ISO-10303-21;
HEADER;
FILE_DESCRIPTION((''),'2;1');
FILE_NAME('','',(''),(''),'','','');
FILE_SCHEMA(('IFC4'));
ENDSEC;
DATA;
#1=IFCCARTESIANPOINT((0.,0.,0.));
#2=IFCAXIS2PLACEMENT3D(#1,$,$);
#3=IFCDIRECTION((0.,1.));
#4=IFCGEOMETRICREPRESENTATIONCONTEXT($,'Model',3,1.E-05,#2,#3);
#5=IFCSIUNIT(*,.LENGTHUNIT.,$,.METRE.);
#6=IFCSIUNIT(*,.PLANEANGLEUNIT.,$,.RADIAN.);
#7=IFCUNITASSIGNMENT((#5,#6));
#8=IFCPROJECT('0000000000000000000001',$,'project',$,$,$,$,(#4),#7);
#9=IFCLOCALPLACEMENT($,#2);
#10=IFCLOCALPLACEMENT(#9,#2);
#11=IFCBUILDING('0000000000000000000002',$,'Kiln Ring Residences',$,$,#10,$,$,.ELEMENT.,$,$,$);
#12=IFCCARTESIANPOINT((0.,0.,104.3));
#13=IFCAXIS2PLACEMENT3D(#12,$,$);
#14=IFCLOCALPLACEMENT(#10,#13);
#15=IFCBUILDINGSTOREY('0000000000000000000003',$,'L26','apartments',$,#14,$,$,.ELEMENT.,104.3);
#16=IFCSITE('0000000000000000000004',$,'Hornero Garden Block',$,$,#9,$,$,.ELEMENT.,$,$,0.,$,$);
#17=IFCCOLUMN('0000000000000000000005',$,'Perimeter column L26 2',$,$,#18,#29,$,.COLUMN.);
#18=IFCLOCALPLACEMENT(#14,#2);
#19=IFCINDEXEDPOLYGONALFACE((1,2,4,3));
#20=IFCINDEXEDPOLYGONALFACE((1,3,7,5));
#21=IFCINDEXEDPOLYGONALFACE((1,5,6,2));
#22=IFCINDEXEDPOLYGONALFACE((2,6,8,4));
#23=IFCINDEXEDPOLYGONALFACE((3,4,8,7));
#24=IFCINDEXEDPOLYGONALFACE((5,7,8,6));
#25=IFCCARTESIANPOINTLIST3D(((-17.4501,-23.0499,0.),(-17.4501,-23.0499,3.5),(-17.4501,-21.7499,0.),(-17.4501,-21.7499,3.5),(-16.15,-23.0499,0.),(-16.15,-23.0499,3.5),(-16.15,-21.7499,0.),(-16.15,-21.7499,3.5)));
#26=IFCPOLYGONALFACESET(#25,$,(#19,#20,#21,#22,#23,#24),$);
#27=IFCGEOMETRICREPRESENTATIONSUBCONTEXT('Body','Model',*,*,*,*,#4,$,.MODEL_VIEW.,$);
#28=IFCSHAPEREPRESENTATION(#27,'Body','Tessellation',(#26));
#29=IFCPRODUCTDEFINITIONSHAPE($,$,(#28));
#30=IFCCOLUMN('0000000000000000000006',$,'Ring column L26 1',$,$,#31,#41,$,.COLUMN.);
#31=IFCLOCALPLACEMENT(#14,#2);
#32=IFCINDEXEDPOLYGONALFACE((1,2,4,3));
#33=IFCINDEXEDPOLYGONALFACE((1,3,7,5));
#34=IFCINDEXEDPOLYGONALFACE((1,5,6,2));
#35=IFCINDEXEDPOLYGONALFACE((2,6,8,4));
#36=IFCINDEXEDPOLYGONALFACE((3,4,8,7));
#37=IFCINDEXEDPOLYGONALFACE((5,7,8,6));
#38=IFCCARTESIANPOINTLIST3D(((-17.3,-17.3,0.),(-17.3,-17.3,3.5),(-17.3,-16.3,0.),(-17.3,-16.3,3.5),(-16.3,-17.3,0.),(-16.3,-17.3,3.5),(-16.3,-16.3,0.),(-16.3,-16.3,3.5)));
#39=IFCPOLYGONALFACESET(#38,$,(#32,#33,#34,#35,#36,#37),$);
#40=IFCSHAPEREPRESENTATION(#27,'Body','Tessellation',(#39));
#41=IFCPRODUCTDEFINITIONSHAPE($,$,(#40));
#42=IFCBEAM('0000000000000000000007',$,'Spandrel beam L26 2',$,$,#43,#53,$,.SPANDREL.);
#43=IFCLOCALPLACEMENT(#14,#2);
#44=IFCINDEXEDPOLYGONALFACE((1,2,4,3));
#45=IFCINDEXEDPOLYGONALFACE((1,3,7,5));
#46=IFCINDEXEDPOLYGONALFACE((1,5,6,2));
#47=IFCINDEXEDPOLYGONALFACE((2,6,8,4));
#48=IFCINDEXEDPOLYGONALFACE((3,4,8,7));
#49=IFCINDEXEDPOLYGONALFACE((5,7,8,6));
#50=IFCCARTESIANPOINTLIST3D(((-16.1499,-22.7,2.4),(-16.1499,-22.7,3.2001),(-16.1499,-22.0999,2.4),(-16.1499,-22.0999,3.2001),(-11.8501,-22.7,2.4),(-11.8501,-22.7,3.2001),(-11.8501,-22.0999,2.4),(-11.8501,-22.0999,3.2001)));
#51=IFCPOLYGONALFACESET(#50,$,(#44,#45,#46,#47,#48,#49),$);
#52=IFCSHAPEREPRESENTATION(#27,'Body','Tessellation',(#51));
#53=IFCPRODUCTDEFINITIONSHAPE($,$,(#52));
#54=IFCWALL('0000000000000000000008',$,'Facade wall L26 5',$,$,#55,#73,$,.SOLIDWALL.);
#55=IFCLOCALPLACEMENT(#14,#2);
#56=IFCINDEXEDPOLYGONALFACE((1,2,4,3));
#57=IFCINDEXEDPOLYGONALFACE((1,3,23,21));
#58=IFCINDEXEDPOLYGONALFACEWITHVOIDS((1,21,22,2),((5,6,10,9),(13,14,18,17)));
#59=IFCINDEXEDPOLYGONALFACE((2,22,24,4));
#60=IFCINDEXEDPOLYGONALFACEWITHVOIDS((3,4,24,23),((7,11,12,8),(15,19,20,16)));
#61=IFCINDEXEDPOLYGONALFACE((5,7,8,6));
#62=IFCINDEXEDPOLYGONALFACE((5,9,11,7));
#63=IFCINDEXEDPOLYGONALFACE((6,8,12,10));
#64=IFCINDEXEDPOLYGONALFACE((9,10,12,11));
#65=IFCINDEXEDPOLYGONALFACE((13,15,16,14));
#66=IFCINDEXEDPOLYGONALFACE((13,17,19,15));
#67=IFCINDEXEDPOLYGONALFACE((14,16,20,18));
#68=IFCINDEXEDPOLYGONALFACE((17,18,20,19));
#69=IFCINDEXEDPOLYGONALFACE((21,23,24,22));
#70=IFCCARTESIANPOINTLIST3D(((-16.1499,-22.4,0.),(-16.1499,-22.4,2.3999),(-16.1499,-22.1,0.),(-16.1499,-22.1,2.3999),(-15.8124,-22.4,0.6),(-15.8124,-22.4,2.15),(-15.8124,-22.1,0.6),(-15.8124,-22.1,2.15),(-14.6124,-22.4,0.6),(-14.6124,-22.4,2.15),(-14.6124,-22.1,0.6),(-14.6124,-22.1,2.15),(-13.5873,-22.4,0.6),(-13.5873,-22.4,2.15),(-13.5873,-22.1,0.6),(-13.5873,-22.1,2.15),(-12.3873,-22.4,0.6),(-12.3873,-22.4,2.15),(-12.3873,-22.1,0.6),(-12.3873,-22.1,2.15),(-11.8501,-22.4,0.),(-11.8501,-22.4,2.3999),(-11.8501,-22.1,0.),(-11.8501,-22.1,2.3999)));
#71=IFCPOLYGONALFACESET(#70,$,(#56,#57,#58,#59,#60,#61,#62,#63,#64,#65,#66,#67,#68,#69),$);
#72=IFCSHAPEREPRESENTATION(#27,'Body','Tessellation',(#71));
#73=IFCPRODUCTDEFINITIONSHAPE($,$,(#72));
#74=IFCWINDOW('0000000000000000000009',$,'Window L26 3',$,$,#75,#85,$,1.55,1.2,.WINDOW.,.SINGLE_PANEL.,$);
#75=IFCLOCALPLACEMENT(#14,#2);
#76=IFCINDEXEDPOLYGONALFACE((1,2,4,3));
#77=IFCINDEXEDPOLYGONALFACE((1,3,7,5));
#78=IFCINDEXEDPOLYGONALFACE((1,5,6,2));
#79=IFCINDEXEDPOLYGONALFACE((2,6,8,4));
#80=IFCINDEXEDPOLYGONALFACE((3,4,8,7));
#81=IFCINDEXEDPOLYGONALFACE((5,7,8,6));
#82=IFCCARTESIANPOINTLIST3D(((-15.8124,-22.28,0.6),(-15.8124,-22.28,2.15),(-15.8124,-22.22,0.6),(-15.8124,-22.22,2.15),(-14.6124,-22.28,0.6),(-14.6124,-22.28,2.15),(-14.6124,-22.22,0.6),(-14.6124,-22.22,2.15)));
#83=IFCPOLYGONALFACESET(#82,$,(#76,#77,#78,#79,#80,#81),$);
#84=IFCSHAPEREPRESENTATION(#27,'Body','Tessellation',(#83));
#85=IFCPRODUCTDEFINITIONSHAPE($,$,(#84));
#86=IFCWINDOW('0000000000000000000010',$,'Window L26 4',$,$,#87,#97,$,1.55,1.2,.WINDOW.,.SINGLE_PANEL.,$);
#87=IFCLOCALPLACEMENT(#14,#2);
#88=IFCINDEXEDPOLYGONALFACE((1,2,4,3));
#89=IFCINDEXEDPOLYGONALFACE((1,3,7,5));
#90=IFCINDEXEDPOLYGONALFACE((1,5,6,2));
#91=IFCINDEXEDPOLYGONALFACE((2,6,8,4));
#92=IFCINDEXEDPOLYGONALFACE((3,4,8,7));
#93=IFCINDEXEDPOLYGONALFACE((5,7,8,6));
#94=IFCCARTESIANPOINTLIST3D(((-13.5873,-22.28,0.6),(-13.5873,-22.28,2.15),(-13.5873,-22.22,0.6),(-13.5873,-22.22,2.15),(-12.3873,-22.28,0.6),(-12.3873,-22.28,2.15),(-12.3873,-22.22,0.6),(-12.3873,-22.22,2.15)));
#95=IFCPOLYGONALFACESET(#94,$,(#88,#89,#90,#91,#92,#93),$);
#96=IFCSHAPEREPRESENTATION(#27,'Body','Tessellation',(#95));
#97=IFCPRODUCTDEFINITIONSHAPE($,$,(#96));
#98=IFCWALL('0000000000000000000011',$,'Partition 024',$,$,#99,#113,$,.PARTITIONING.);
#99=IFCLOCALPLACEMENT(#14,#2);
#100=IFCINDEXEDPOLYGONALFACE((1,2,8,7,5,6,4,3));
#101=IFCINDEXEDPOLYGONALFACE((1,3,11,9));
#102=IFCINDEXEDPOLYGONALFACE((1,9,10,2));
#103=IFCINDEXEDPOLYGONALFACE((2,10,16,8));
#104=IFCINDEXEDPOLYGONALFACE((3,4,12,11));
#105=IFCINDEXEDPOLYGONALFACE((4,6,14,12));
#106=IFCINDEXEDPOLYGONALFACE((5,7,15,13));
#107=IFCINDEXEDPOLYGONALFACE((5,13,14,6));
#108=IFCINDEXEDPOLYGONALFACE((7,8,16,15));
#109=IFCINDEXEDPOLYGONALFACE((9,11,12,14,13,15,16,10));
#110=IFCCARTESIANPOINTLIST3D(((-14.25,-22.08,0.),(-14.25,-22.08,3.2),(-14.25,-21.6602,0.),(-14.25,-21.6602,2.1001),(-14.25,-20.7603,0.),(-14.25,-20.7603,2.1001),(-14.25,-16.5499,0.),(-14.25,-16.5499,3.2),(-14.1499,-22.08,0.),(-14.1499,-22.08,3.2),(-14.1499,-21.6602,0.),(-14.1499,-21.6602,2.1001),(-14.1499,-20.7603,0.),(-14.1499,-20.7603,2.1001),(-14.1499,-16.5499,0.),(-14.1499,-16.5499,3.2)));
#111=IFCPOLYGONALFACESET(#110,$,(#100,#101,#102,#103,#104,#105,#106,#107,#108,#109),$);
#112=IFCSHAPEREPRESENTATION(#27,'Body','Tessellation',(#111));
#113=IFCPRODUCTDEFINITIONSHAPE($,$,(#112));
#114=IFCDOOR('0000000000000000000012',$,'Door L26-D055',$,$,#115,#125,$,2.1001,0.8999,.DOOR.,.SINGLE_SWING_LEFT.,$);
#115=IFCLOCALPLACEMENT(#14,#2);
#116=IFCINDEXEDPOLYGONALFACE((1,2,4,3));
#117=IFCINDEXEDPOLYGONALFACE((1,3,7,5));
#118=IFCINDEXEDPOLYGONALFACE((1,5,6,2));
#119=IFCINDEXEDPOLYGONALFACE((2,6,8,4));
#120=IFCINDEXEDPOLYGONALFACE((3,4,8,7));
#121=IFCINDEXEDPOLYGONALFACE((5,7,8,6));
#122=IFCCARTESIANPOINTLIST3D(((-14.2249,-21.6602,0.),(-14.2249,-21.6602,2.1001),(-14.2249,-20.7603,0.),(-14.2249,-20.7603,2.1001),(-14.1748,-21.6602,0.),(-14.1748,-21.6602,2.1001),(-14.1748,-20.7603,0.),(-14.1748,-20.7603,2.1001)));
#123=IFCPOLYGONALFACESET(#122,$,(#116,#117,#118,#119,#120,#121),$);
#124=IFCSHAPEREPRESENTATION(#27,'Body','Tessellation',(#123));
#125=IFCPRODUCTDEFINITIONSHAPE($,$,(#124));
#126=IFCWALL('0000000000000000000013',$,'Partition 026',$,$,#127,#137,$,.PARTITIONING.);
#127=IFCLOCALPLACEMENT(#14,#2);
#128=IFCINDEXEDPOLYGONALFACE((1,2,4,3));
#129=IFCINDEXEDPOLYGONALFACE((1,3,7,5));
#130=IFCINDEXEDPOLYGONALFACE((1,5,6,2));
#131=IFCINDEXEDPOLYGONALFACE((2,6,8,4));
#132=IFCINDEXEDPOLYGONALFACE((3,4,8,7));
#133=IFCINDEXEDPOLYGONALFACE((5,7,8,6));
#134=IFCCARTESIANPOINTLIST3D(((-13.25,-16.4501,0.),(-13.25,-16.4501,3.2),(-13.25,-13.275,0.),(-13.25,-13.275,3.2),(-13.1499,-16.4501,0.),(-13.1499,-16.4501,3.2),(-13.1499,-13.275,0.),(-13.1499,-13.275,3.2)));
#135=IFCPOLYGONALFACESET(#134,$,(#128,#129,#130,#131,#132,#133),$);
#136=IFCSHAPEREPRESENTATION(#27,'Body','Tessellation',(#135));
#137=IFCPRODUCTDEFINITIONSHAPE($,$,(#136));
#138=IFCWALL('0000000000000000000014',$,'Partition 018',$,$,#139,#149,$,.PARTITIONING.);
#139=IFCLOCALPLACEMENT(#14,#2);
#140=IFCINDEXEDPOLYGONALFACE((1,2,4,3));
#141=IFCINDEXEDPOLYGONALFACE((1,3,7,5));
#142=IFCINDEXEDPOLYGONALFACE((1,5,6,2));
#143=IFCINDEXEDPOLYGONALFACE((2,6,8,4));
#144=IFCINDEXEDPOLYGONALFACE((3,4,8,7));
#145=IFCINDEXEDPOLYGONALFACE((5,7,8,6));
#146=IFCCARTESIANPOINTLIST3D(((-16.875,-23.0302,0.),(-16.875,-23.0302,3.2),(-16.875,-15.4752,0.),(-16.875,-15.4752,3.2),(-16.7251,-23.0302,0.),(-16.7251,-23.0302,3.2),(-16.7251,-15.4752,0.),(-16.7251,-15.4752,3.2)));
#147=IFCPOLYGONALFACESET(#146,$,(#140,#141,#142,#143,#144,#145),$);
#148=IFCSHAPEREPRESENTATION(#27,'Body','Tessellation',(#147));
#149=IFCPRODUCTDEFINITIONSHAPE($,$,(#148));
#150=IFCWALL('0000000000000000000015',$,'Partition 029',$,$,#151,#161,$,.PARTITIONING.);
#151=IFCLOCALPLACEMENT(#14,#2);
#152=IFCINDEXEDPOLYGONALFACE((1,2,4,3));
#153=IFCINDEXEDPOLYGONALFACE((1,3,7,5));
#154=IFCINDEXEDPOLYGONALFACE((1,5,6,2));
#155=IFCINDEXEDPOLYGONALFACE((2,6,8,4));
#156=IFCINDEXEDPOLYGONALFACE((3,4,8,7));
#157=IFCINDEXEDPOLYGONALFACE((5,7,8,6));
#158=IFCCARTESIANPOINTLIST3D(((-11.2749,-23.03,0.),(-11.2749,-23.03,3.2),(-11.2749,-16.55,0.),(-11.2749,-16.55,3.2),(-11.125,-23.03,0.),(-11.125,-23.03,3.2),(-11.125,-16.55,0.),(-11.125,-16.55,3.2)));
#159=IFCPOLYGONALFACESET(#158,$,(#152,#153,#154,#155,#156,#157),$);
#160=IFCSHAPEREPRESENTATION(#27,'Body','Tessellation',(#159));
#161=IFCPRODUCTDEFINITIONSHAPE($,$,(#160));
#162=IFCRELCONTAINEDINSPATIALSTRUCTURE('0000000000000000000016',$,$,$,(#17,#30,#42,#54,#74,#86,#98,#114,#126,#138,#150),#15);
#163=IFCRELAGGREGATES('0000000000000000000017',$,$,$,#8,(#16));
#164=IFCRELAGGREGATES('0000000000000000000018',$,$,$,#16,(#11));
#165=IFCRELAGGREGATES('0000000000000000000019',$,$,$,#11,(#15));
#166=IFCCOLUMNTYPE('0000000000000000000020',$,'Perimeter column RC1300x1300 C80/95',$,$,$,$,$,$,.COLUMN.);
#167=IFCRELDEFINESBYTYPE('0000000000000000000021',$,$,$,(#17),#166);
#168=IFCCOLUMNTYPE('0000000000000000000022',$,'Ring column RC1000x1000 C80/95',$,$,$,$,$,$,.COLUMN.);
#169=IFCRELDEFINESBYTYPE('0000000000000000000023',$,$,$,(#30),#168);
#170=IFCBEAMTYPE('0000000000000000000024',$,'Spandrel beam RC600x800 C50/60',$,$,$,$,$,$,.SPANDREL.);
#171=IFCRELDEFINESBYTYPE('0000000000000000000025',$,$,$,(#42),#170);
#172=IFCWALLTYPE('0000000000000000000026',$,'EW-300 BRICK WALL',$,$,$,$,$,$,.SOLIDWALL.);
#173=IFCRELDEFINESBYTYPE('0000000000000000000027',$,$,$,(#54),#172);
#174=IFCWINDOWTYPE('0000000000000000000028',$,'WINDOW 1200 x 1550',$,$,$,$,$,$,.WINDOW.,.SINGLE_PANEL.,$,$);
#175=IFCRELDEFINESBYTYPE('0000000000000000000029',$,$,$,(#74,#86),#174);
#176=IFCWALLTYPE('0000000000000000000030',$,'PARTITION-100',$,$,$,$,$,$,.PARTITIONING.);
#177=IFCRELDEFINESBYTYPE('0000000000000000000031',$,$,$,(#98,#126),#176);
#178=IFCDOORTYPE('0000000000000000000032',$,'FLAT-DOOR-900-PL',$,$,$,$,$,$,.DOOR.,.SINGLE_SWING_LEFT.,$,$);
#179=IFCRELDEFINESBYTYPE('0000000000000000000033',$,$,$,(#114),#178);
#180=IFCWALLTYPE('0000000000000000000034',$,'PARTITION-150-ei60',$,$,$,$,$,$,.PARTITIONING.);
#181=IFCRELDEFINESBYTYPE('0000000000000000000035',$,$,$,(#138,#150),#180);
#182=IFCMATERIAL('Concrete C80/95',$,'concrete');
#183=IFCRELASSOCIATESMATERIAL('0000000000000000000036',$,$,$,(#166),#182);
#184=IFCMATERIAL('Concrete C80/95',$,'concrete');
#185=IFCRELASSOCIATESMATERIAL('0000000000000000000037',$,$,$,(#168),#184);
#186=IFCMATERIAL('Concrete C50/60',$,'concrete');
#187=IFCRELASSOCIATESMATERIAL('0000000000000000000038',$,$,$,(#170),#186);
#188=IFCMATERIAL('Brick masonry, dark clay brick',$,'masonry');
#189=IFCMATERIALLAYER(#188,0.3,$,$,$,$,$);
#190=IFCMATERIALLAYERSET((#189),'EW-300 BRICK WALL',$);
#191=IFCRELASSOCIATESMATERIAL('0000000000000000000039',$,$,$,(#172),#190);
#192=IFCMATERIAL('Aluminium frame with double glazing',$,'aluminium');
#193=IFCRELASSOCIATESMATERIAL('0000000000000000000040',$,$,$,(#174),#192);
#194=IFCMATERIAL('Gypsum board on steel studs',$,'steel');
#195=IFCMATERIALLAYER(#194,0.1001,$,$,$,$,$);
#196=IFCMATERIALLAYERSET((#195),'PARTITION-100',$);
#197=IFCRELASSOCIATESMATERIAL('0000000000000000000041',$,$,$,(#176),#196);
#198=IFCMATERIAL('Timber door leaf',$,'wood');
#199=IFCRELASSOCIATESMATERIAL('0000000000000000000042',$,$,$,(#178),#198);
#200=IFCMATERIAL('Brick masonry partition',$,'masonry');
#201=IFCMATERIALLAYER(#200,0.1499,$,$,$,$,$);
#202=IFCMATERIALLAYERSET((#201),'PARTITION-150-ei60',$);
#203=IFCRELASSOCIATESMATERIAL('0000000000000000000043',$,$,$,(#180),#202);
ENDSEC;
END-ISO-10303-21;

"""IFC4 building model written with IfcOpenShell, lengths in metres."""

from ifc_helpers import new_model, si_unit, direction, frame, frame_2d, origin, origin_2d, place, context, subcontext, project, spatial, rectangle, extrude, material, layer, layer_set, material_profile, profile_set, type_object, element, fill, save


model = new_model("IFC4")

# Units and contexts
model_context = context("Model", 3, precision=1e-05, world=origin(), true_north=direction((0.0, 1.0)))
body_context = subcontext(model_context, "Body", "Model", "MODEL_VIEW")
ifc_project = project(units=[si_unit("LENGTHUNIT", "METRE"), si_unit("PLANEANGLEUNIT", "RADIAN")], contexts=[model_context])

# Site, building, storey
site_placement = place(None, origin())
site = spatial("IfcSite", under=ifc_project, at=site_placement, Name="Hornero Garden Block", CompositionType="ELEMENT", RefElevation=0.0)
building_placement = place(site_placement, origin())
building = spatial("IfcBuilding", under=site, at=building_placement, Name="Kiln Ring Residences", CompositionType="ELEMENT")
storey_placement = place(building_placement, frame((0.0, 0.0, 104.3)))
storey = spatial("IfcBuildingStorey", under=building, at=storey_placement, Name="L26", Description="apartments", CompositionType="ELEMENT", Elevation=104.3)

# Columns
ifc_material_1 = material(Name="Concrete C80/95", Category="concrete")
ifc_material_profile_1 = material_profile(ifc_material_1, rectangle(XDim=1.3, YDim=1.3, at=origin_2d()), Name="RC1300x1300")
ifc_profile_set_1 = profile_set([ifc_material_profile_1], Name="Concrete C80/95")
column_type_1 = type_object("IfcColumnType", Name="Perimeter column RC1300x1300 C80/95", PredefinedType="COLUMN", material=ifc_profile_set_1)
column_1_placement = place(storey_placement, frame((-16.8, -22.3999, 0.0), z_axis=(0.0, 0.0, 1.0), x_axis=(1.0, 0.0, 0.0)))
element("IfcColumn", 1, at=column_1_placement, inside=storey, type_object=column_type_1, Name="Perimeter column L26 2", PredefinedType="COLUMN", context=body_context, shape_type="SweptSolid", body=[
    extrude(rectangle(XDim=1.3, YDim=1.3, at=origin_2d()), origin(), (0.0, 0.0, 1.0), 3.5),
])
ifc_material_2 = material(Name="Concrete C80/95", Category="concrete")
ifc_material_profile_2 = material_profile(ifc_material_2, rectangle(XDim=1.0, YDim=1.0, at=origin_2d()), Name="RC1000x1000")
ifc_profile_set_2 = profile_set([ifc_material_profile_2], Name="Concrete C80/95")
column_type_2 = type_object("IfcColumnType", Name="Ring column RC1000x1000 C80/95", PredefinedType="COLUMN", material=ifc_profile_set_2)
column_2_placement = place(storey_placement, frame((-16.8, -16.8, 0.0), z_axis=(0.0, 0.0, 1.0), x_axis=(1.0, 0.0, 0.0)))
element("IfcColumn", 2, at=column_2_placement, inside=storey, type_object=column_type_2, Name="Ring column L26 1", PredefinedType="COLUMN", context=body_context, shape_type="SweptSolid", body=[
    extrude(rectangle(XDim=1.0, YDim=1.0, at=origin_2d()), origin(), (0.0, 0.0, 1.0), 3.5),
])

# Beam
ifc_material_3 = material(Name="Concrete C50/60", Category="concrete")
ifc_material_profile_3 = material_profile(ifc_material_3, rectangle(XDim=0.6001, YDim=0.8, at=origin_2d()), Name="RC600x800")
ifc_profile_set_3 = profile_set([ifc_material_profile_3], Name="Concrete C50/60")
beam_type = type_object("IfcBeamType", Name="Spandrel beam RC600x800 C50/60", PredefinedType="SPANDREL", material=ifc_profile_set_3)
beam_placement = place(storey_placement, frame((-16.1499, -22.3999, 2.8), z_axis=(1.0, 0.0, 0.0), x_axis=(0.0, 1.0, 0.0)))
element("IfcBeam", 3, at=beam_placement, inside=storey, type_object=beam_type, Name="Spandrel beam L26 2", PredefinedType="SPANDREL", context=body_context, shape_type="SweptSolid", body=[
    extrude(rectangle(XDim=0.6001, YDim=0.8, at=origin_2d()), origin(), (0.0, 0.0, 1.0), 4.2998),
])

# Wall, openings, windows
ifc_material_4 = material(Name="Brick masonry, dark clay brick", Category="masonry")
ifc_layer_1 = layer(ifc_material_4, 0.3)
ifc_layer_set_1 = layer_set([ifc_layer_1], Name="EW-300 BRICK WALL")
wall_type_1 = type_object("IfcWallType", Name="EW-300 BRICK WALL", PredefinedType="SOLIDWALL", material=ifc_layer_set_1)
wall_1_placement = place(storey_placement, frame((-16.1499, -22.25, 0.0), z_axis=(0.0, 0.0, 1.0), x_axis=(1.0, 0.0, 0.0)))
wall_1 = element("IfcWall", 4, at=wall_1_placement, inside=storey, type_object=wall_type_1, Name="Facade wall L26 5", PredefinedType="SOLIDWALL", context=body_context, shape_type="SweptSolid", body=[
    extrude(rectangle(XDim=4.2998, YDim=0.3, at=frame_2d((2.1499, 0.0))), origin(), (0.0, 0.0, 1.0), 2.3999),
])
opening_1_placement = place(wall_1_placement, frame((0.3374, 0.0, 0.6001)))
opening_1 = element("IfcOpeningElement", 5, at=opening_1_placement, cuts=wall_1, PredefinedType="OPENING", context=body_context, shape_type="SweptSolid", body=[
    extrude(rectangle(XDim=1.2, YDim=1.55, at=frame_2d((0.6001, 0.7749))), frame((0.0, 0.1599, 0.0), z_axis=(0.0, -1.0, 0.0), x_axis=(1.0, 0.0, 0.0)), (0.0, 0.0, 1.0), 0.3201),
])
opening_2_placement = place(wall_1_placement, frame((2.5625, 0.0, 0.6001)))
opening_2 = element("IfcOpeningElement", 6, at=opening_2_placement, cuts=wall_1, PredefinedType="OPENING", context=body_context, shape_type="SweptSolid", body=[
    extrude(rectangle(XDim=1.2, YDim=1.55, at=frame_2d((0.6001, 0.7749))), frame((0.0, 0.1599, 0.0), z_axis=(0.0, -1.0, 0.0), x_axis=(1.0, 0.0, 0.0)), (0.0, 0.0, 1.0), 0.3201),
])
ifc_material_5 = material(Name="Aluminium frame with double glazing", Category="aluminium")
window_type = type_object("IfcWindowType", Name="WINDOW 1200 x 1550", PartitioningType="SINGLE_PANEL", PredefinedType="WINDOW", material=ifc_material_5)
window_1_placement = place(opening_1_placement, origin())
window_1 = element("IfcWindow", 7, at=window_1_placement, inside=storey, type_object=window_type, Name="Window L26 3", OverallHeight=1.55, OverallWidth=1.2, PartitioningType="SINGLE_PANEL", PredefinedType="WINDOW", context=body_context, shape_type="SweptSolid", body=[
    extrude(rectangle(XDim=1.2, YDim=1.55, at=frame_2d((0.6001, 0.7749))), frame((0.0, 0.03, 0.0), z_axis=(0.0, -1.0, 0.0), x_axis=(1.0, 0.0, 0.0)), (0.0, 0.0, 1.0), 0.0601),
])
fill(opening_1, window_1)
window_2_placement = place(opening_2_placement, origin())
window_2 = element("IfcWindow", 8, at=window_2_placement, inside=storey, type_object=window_type, Name="Window L26 4", OverallHeight=1.55, OverallWidth=1.2, PartitioningType="SINGLE_PANEL", PredefinedType="WINDOW", context=body_context, shape_type="SweptSolid", body=[
    extrude(rectangle(XDim=1.2, YDim=1.55, at=frame_2d((0.6001, 0.7749))), frame((0.0, 0.03, 0.0), z_axis=(0.0, -1.0, 0.0), x_axis=(1.0, 0.0, 0.0)), (0.0, 0.0, 1.0), 0.0601),
])
fill(opening_2, window_2)

# Shared definitions
ifc_material_6 = material(Name="Gypsum board on steel studs", Category="steel")
ifc_layer_2 = layer(ifc_material_6, 0.1001)
ifc_layer_set_2 = layer_set([ifc_layer_2], Name="PARTITION-100")
wall_type_2 = type_object("IfcWallType", Name="PARTITION-100", PredefinedType="PARTITIONING", material=ifc_layer_set_2)
ifc_material_7 = material(Name="Timber door leaf", Category="wood")
door_type_1 = type_object("IfcDoorType", Name="FLAT-DOOR-900-PL", OperationType="SINGLE_SWING_LEFT", PredefinedType="DOOR", material=ifc_material_7)

# Wall, opening, door
wall_2_placement = place(storey_placement, frame((-14.2, -22.0801, 0.0), z_axis=(0.0, 0.0, 1.0), x_axis=(0.0, 1.0, 0.0)))
wall_2 = element("IfcWall", 9, at=wall_2_placement, inside=storey, type_object=wall_type_2, Name="Partition 024", PredefinedType="PARTITIONING", context=body_context, shape_type="SweptSolid", body=[
    extrude(rectangle(XDim=5.53, YDim=0.1001, at=frame_2d((2.7651, 0.0))), origin(), (0.0, 0.0, 1.0), 3.2),
])
opening_3_placement = place(wall_2_placement, frame((0.4199, 0.0, 0.0)))
opening_3 = element("IfcOpeningElement", 10, at=opening_3_placement, cuts=wall_2, PredefinedType="OPENING", context=body_context, shape_type="SweptSolid", body=[
    extrude(rectangle(XDim=0.8999, YDim=2.1001, at=frame_2d((0.45, 1.05))), frame((0.0, 0.0601, 0.0), z_axis=(0.0, -1.0, 0.0), x_axis=(1.0, 0.0, 0.0)), (0.0, 0.0, 1.0), 0.1201),
])
door_1_placement = place(opening_3_placement, origin())
door_1 = element("IfcDoor", 11, at=door_1_placement, inside=storey, type_object=door_type_1, Name="Door L26-D055", OperationType="SINGLE_SWING_LEFT", OverallHeight=2.1001, OverallWidth=0.8999, PredefinedType="DOOR", context=body_context, shape_type="SweptSolid", body=[
    extrude(rectangle(XDim=0.8999, YDim=2.1001, at=frame_2d((0.45, 1.05))), frame((0.0, 0.0249, 0.0), z_axis=(0.0, -1.0, 0.0), x_axis=(1.0, 0.0, 0.0)), (0.0, 0.0, 1.0), 0.05),
])
fill(opening_3, door_1)

# Walls
wall_3_placement = place(storey_placement, frame((-13.2, -16.45, 0.0), z_axis=(0.0, 0.0, 1.0), x_axis=(0.0, 1.0, 0.0)))
element("IfcWall", 12, at=wall_3_placement, inside=storey, type_object=wall_type_2, Name="Partition 026", PredefinedType="PARTITIONING", context=body_context, shape_type="SweptSolid", body=[
    extrude(rectangle(XDim=3.175, YDim=0.1001, at=frame_2d((1.5874, 0.0))), origin(), (0.0, 0.0, 1.0), 3.2),
])
ifc_material_8 = material(Name="Brick masonry partition", Category="masonry")
ifc_layer_3 = layer(ifc_material_8, 0.1499)
ifc_layer_set_3 = layer_set([ifc_layer_3], Name="PARTITION-150-ei60")
wall_type_3 = type_object("IfcWallType", Name="PARTITION-150-ei60", PredefinedType="PARTITIONING", material=ifc_layer_set_3)
wall_4_placement = place(storey_placement, frame((-16.8, -23.03, 0.0), z_axis=(0.0, 0.0, 1.0), x_axis=(0.0, 1.0, 0.0)))
element("IfcWall", 13, at=wall_4_placement, inside=storey, type_object=wall_type_3, Name="Partition 018", PredefinedType="PARTITIONING", context=body_context, shape_type="SweptSolid", body=[
    extrude(rectangle(XDim=7.5549, YDim=0.1499, at=frame_2d((3.7773, 0.0))), origin(), (0.0, 0.0, 1.0), 3.2),
])
wall_5_placement = place(storey_placement, frame((-11.2, -23.03, 0.0), z_axis=(0.0, 0.0, 1.0), x_axis=(0.0, 1.0, 0.0)))
element("IfcWall", 14, at=wall_5_placement, inside=storey, type_object=wall_type_3, Name="Partition 029", PredefinedType="PARTITIONING", context=body_context, shape_type="SweptSolid", body=[
    extrude(rectangle(XDim=6.48, YDim=0.1499, at=frame_2d((3.24, 0.0))), origin(), (0.0, 0.0, 1.0), 3.2),
])

save(model, "model.ifc")
